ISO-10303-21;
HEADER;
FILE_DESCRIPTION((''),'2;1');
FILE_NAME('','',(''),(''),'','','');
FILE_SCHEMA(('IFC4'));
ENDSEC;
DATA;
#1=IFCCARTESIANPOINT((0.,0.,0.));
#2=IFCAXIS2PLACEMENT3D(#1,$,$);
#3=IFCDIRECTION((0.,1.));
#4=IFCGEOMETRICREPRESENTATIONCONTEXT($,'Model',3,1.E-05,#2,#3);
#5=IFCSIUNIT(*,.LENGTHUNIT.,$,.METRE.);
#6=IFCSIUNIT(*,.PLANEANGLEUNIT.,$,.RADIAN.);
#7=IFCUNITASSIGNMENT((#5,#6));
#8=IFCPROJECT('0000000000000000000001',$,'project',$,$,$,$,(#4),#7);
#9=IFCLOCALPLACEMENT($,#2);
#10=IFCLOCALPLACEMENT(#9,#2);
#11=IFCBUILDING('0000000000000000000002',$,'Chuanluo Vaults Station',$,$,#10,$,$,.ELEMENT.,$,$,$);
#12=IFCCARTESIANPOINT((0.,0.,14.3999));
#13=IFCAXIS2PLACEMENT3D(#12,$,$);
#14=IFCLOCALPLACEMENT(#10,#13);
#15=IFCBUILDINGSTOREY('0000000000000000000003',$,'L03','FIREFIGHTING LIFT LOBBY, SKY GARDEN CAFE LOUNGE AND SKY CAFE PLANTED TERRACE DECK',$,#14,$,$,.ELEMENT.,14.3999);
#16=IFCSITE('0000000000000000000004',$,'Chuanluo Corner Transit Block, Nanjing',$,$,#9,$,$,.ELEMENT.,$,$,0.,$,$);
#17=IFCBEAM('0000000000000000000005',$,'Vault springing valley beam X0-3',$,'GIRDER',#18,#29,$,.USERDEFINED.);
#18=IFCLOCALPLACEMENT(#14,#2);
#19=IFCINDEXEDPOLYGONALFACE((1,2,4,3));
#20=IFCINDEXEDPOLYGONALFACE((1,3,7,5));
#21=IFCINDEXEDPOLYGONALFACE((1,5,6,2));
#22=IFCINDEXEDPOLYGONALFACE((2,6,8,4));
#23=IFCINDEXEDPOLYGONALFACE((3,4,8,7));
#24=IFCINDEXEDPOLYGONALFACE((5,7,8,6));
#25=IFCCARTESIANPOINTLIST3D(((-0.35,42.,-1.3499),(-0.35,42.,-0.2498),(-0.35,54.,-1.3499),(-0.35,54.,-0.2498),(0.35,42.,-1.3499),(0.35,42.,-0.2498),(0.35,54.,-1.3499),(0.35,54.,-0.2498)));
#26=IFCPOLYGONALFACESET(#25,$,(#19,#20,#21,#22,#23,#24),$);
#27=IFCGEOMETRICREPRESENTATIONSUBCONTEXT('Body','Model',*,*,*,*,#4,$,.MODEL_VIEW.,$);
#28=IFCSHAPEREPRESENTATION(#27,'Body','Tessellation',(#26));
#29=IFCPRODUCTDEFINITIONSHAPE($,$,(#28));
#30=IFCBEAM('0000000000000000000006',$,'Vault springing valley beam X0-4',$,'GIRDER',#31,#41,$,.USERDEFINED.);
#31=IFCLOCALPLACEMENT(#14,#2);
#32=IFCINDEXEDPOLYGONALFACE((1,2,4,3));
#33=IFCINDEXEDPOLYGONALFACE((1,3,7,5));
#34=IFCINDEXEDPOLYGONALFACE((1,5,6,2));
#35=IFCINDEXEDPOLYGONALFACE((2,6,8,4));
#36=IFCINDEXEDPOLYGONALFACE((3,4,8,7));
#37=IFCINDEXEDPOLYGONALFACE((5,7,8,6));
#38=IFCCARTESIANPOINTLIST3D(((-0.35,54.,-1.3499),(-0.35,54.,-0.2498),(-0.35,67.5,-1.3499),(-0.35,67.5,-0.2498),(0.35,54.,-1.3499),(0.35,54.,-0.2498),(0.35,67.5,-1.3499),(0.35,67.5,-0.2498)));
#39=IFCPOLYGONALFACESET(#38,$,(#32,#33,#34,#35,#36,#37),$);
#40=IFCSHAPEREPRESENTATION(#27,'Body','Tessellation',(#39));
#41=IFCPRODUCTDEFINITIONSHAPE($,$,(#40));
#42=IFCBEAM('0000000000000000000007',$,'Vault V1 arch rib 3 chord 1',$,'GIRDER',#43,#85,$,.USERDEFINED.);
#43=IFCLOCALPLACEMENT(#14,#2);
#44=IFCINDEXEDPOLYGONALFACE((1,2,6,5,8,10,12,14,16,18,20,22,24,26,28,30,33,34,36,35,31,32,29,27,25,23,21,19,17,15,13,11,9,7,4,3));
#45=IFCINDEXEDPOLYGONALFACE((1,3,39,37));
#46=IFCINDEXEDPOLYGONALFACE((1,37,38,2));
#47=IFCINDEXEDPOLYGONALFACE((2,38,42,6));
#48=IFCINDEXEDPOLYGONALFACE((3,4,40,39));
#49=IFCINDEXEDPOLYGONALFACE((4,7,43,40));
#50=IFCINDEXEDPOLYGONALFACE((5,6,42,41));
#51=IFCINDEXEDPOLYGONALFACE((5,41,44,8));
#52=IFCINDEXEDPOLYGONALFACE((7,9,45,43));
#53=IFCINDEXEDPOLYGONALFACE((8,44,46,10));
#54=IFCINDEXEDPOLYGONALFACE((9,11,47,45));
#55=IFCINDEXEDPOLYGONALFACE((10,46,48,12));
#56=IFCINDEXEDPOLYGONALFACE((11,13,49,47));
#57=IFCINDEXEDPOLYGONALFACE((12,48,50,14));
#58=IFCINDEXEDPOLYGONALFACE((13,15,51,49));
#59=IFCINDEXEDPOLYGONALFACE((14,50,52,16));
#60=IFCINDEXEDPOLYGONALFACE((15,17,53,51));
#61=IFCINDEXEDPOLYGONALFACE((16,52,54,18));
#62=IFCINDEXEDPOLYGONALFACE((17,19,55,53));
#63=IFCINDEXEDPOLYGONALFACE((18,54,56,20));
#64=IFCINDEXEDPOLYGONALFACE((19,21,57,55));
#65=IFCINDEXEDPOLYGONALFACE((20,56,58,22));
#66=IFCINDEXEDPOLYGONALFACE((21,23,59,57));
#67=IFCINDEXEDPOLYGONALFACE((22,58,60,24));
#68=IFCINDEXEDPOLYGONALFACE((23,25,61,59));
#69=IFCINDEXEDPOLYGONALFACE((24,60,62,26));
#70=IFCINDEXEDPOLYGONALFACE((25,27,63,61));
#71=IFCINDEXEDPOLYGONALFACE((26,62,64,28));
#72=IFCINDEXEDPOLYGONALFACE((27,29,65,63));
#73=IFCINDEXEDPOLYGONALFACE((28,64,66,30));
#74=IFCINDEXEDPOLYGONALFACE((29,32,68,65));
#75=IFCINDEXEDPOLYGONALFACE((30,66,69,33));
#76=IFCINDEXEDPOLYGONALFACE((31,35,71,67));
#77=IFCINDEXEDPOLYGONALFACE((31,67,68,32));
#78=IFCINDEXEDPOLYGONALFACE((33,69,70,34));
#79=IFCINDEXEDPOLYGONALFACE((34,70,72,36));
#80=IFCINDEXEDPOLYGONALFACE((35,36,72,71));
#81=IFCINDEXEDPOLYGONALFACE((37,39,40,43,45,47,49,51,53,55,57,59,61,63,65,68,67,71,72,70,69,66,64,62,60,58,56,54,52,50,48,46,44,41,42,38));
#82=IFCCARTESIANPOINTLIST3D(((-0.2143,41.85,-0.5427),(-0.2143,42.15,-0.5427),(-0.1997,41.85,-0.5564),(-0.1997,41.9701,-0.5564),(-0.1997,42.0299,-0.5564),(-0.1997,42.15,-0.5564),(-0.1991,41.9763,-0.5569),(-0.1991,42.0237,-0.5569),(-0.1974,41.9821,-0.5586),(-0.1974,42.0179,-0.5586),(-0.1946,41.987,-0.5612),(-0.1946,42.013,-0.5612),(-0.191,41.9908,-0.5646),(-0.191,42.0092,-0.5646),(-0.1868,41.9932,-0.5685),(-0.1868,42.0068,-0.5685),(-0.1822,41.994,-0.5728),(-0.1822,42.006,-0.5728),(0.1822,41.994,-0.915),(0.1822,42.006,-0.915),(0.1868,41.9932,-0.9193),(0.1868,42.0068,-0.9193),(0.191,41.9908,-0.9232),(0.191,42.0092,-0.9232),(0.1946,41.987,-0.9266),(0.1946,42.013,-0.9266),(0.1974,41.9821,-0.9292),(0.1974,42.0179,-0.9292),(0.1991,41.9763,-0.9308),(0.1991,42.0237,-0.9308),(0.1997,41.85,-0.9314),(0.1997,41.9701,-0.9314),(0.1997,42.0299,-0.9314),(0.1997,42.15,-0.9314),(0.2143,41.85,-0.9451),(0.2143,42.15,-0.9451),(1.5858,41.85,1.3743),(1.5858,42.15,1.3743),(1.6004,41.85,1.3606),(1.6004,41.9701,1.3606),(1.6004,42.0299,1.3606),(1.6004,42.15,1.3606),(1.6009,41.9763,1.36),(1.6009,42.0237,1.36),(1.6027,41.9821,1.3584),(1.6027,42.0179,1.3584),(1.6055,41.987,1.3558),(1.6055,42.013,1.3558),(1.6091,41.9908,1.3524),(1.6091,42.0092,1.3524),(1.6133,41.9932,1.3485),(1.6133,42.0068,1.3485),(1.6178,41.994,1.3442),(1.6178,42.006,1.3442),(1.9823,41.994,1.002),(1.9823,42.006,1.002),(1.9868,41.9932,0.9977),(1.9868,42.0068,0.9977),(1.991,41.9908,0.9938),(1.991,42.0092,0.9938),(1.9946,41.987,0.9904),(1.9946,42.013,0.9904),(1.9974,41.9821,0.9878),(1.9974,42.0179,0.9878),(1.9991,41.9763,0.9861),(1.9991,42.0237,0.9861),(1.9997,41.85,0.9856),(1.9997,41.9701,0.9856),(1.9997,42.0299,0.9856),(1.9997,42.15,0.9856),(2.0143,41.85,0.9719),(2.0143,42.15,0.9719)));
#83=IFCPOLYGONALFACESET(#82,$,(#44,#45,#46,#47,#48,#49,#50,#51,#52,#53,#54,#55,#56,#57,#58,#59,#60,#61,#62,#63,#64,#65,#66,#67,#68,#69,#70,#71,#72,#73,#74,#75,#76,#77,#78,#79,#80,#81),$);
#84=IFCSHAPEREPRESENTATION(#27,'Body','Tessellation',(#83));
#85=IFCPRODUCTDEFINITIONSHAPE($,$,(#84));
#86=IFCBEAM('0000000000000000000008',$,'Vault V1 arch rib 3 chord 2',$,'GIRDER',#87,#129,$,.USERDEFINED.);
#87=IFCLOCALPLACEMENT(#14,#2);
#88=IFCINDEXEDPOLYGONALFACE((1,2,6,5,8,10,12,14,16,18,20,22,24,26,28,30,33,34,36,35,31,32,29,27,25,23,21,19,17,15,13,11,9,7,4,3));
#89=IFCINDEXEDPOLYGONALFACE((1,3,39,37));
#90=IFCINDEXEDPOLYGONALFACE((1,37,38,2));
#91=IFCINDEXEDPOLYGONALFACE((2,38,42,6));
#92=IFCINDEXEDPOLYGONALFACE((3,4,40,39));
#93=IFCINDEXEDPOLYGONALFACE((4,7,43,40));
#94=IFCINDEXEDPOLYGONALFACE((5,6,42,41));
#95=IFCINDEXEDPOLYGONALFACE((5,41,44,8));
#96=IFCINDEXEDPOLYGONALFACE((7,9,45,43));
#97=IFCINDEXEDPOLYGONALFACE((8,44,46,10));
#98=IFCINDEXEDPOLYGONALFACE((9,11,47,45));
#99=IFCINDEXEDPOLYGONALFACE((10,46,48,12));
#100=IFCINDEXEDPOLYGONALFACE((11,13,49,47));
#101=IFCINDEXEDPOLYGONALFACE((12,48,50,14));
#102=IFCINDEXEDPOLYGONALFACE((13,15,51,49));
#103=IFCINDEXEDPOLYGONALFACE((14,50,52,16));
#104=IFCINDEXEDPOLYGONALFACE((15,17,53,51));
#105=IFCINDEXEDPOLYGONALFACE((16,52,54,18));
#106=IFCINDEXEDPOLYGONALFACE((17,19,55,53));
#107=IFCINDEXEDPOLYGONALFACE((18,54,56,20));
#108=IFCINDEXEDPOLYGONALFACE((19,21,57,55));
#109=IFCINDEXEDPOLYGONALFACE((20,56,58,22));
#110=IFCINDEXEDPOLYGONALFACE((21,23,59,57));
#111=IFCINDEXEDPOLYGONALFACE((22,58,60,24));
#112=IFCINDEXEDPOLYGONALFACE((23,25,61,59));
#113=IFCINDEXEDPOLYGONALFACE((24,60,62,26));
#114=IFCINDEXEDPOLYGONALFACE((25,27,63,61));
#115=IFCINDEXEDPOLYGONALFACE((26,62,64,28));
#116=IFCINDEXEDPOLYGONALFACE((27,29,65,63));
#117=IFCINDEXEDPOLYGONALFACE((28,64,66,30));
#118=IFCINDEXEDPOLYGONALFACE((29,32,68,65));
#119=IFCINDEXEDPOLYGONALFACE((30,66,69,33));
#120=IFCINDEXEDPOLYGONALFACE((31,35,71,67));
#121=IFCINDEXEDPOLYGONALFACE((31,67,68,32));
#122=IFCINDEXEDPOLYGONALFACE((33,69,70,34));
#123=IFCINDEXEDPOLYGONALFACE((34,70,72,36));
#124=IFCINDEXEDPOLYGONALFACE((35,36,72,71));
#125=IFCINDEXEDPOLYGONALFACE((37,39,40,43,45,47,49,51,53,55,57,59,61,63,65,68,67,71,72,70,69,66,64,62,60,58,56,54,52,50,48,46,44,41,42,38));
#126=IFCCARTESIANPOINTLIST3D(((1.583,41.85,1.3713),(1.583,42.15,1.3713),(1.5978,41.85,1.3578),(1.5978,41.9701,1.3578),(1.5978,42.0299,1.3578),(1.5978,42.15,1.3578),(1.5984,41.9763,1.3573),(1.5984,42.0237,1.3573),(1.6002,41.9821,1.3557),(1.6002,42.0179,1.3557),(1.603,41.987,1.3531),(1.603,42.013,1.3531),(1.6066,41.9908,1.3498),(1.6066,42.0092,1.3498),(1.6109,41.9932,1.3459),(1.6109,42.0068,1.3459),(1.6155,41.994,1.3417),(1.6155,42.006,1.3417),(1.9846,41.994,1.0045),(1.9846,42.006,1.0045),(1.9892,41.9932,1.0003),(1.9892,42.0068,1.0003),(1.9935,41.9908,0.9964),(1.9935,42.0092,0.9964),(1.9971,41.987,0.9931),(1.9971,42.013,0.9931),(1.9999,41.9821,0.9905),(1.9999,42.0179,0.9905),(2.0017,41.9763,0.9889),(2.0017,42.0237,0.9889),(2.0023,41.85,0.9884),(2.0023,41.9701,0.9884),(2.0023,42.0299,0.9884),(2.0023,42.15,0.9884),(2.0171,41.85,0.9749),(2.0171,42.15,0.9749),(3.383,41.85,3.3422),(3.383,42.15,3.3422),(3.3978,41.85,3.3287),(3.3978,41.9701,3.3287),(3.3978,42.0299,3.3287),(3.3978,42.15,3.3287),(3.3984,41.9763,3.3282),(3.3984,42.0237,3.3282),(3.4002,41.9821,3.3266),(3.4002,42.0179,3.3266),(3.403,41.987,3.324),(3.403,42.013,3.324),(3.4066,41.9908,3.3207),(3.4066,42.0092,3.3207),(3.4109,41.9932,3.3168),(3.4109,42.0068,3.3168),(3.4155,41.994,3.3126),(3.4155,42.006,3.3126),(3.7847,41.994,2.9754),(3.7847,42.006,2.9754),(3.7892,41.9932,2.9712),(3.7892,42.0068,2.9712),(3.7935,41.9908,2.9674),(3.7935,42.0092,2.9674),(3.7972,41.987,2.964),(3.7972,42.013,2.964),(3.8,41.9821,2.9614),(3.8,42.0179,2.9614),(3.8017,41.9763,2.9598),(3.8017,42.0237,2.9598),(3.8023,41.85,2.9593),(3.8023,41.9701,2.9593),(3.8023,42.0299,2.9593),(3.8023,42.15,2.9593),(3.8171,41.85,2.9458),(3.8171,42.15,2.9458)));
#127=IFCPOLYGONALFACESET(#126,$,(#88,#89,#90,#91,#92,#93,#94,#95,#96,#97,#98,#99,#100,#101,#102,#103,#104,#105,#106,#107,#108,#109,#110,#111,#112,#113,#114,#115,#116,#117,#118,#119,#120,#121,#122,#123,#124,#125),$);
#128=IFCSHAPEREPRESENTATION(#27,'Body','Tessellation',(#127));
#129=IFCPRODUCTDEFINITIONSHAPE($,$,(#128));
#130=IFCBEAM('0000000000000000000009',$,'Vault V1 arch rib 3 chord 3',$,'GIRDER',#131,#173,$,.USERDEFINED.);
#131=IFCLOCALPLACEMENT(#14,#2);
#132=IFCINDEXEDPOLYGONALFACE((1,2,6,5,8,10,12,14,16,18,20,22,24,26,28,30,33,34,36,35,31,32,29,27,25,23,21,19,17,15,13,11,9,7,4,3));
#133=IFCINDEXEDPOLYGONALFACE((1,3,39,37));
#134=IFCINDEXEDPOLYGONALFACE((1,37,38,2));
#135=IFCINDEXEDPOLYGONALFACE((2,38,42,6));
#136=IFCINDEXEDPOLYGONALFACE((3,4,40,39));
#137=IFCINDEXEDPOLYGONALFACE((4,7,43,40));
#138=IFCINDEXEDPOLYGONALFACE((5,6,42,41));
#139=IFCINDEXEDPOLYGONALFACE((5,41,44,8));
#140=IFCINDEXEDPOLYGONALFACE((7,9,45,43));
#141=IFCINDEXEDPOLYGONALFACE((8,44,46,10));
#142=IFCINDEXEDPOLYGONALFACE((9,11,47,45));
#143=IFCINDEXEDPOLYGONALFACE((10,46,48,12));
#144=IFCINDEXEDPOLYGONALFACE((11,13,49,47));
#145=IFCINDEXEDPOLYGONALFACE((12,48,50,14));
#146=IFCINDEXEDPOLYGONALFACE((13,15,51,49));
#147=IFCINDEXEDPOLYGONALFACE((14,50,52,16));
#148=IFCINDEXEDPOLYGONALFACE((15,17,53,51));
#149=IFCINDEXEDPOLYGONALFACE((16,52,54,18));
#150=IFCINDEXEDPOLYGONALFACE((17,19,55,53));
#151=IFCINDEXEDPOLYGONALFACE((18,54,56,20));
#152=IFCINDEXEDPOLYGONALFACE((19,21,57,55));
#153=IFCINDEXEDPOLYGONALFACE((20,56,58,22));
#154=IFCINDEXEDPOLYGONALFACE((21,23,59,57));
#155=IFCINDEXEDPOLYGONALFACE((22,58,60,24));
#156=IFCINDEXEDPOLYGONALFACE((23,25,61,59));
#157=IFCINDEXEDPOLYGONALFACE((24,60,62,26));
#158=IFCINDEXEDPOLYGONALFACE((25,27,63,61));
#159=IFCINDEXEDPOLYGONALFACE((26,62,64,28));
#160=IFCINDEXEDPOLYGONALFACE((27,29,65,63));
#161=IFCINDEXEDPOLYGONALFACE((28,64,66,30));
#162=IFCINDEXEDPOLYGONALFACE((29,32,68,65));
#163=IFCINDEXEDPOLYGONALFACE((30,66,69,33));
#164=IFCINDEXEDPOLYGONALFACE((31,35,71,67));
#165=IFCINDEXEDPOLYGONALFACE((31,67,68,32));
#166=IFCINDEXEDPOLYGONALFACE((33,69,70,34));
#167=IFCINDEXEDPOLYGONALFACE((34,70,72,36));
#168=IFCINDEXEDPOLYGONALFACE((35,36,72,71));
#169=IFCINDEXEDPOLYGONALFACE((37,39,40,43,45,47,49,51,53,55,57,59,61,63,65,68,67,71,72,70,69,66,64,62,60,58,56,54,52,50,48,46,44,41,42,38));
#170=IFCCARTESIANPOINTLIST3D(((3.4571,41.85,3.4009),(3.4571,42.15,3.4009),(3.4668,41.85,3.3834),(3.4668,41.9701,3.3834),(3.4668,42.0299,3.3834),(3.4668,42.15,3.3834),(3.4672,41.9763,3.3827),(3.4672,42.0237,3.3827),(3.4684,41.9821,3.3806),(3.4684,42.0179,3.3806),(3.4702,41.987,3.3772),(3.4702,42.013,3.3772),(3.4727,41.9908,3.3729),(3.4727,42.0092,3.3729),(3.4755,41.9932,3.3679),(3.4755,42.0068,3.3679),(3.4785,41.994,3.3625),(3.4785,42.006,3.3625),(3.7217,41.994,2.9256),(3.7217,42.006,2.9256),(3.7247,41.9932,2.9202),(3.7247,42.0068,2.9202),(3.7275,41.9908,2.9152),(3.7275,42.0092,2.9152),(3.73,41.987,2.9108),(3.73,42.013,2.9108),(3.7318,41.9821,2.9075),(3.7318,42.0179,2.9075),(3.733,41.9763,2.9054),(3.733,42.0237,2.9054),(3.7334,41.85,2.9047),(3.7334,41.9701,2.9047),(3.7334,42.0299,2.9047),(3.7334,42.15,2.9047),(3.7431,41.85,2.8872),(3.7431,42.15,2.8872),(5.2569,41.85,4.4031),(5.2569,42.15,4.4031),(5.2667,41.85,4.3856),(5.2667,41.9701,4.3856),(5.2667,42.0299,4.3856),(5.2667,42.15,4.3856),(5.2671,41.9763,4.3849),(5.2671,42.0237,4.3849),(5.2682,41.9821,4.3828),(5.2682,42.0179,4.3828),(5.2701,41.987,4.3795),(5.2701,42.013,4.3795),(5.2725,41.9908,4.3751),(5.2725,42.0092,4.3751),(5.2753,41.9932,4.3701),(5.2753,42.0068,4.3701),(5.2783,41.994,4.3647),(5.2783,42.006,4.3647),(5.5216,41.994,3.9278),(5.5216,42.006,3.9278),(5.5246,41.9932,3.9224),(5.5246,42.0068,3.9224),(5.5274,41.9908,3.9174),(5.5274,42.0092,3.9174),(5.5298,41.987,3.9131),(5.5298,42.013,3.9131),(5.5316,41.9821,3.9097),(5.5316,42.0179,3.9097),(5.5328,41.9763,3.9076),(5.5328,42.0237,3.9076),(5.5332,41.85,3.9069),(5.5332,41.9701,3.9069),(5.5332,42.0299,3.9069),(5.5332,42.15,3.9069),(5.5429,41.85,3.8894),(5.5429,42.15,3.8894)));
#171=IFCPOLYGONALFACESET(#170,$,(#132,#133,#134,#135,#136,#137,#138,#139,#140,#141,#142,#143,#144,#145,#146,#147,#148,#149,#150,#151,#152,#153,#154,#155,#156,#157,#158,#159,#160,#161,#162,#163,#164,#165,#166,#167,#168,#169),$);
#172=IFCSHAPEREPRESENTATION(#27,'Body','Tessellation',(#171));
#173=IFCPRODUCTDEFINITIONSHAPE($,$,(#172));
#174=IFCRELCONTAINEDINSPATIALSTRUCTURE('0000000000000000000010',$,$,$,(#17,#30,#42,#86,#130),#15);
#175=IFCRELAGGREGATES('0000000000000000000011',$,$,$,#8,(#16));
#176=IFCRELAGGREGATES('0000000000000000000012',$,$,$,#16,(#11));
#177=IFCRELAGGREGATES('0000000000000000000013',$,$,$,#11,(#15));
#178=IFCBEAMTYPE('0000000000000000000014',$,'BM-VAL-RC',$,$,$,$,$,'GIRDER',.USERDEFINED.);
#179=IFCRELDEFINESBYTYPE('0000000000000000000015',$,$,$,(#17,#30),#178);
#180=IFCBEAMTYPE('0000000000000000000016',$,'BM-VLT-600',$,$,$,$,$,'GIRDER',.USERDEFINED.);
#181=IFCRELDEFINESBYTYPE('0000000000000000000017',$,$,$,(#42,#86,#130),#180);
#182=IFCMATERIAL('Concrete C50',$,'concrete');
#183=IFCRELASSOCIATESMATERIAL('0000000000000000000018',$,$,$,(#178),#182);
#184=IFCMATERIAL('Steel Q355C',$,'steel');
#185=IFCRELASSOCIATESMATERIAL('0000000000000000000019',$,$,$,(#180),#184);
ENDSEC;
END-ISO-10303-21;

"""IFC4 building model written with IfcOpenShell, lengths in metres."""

from ifc_helpers import new_model, si_unit, direction, frame, origin, origin_2d, place, context, subcontext, project, spatial, rectangle, i_section, extrude, material, material_profile, profile_set, type_object, element, save


model = new_model("IFC4")

# Units and contexts
model_context = context("Model", 3, precision=1e-05, world=origin(), true_north=direction((0.0, 1.0)))
body_context = subcontext(model_context, "Body", "Model", "MODEL_VIEW")
ifc_project = project(units=[si_unit("LENGTHUNIT", "METRE"), si_unit("PLANEANGLEUNIT", "RADIAN")], contexts=[model_context])

# Site, building, storey
site_placement = place(None, origin())
site = spatial("IfcSite", under=ifc_project, at=site_placement, Name="Chuanluo Corner Transit Block, Nanjing", CompositionType="ELEMENT", RefElevation=0.0)
building_placement = place(site_placement, origin())
building = spatial("IfcBuilding", under=site, at=building_placement, Name="Chuanluo Vaults Station", CompositionType="ELEMENT")
storey_placement = place(building_placement, frame((0.0, 0.0, 14.3999)))
storey = spatial("IfcBuildingStorey", under=building, at=storey_placement, Name="L03", Description="FIREFIGHTING LIFT LOBBY, SKY GARDEN CAFE LOUNGE AND SKY CAFE PLANTED TERRACE DECK", CompositionType="ELEMENT", Elevation=14.3999)

# Beams
ifc_material_1 = material(Name="Concrete C50", Category="concrete")
ifc_material_profile_1 = material_profile(ifc_material_1, rectangle(XDim=0.7, YDim=1.1001, at=origin_2d()))
ifc_profile_set_1 = profile_set([ifc_material_profile_1], Name="Concrete C50")
beam_type_1 = type_object("IfcBeamType", Name="BM-VAL-RC", ElementType="GIRDER", PredefinedType="USERDEFINED", material=ifc_profile_set_1)
beam_1_placement = place(storey_placement, frame((0.0, 42.0, -0.7998), z_axis=(0.0, 1.0, 0.0), x_axis=(-1.0, 0.0, 0.0)))
element("IfcBeam", 1, at=beam_1_placement, inside=storey, type_object=beam_type_1, Name="Vault springing valley beam X0-3", ObjectType="GIRDER", PredefinedType="USERDEFINED", context=body_context, shape_type="SweptSolid", body=[
    extrude(rectangle(XDim=0.7, YDim=1.1001, at=origin_2d()), origin(), (0.0, 0.0, 1.0), 12.0),
])
beam_2_placement = place(storey_placement, frame((0.0, 54.0, -0.7998), z_axis=(0.0, 1.0, 0.0), x_axis=(-1.0, 0.0, 0.0)))
element("IfcBeam", 2, at=beam_2_placement, inside=storey, type_object=beam_type_1, Name="Vault springing valley beam X0-4", ObjectType="GIRDER", PredefinedType="USERDEFINED", context=body_context, shape_type="SweptSolid", body=[
    extrude(rectangle(XDim=0.7, YDim=1.1001, at=origin_2d()), origin(), (0.0, 0.0, 1.0), 13.5),
])
ifc_material_2 = material(Name="Steel Q355C", Category="steel")
ifc_material_profile_2 = material_profile(ifc_material_2, i_section(OverallWidth=0.3, OverallDepth=0.5879, WebThickness=0.012, FlangeThickness=0.02, FilletRadius=0.0239, at=origin_2d()))
ifc_profile_set_2 = profile_set([ifc_material_profile_2], Name="Steel Q355C")
beam_type_2 = type_object("IfcBeamType", Name="BM-VLT-600", ElementType="GIRDER", PredefinedType="USERDEFINED", material=ifc_profile_set_2)
beam_3_placement = place(storey_placement, frame((0.0, 42.0, -0.7439), z_axis=(0.684522, 0.0, 0.728993), x_axis=(0.0, 1.0, 0.0)))
element("IfcBeam", 3, at=beam_3_placement, inside=storey, type_object=beam_type_2, Name="Vault V1 arch rib 3 chord 1", ObjectType="GIRDER", PredefinedType="USERDEFINED", context=body_context, shape_type="SweptSolid", body=[
    extrude(i_section(OverallWidth=0.3, OverallDepth=0.5879, WebThickness=0.012, FlangeThickness=0.02, FilletRadius=0.0239, at=origin_2d()), origin(), (0.0, 0.0, 1.0), 2.6296),
])
beam_4_placement = place(storey_placement, frame((1.8, 42.0, 1.1731), z_axis=(0.674369, 0.0, 0.738394), x_axis=(0.0, 1.0, 0.0)))
element("IfcBeam", 4, at=beam_4_placement, inside=storey, type_object=beam_type_2, Name="Vault V1 arch rib 3 chord 2", ObjectType="GIRDER", PredefinedType="USERDEFINED", context=body_context, shape_type="SweptSolid", body=[
    extrude(i_section(OverallWidth=0.3, OverallDepth=0.5879, WebThickness=0.012, FlangeThickness=0.02, FilletRadius=0.0239, at=origin_2d()), origin(), (0.0, 0.0, 1.0), 2.6692),
])
beam_5_placement = place(storey_placement, frame((3.6001, 42.0, 3.144), z_axis=(0.873682, 0.0, 0.486498), x_axis=(0.0, 1.0, 0.0)))
element("IfcBeam", 5, at=beam_5_placement, inside=storey, type_object=beam_type_2, Name="Vault V1 arch rib 3 chord 3", ObjectType="GIRDER", PredefinedType="USERDEFINED", context=body_context, shape_type="SweptSolid", body=[
    extrude(i_section(OverallWidth=0.3, OverallDepth=0.5879, WebThickness=0.012, FlangeThickness=0.02, FilletRadius=0.0239, at=origin_2d()), origin(), (0.0, 0.0, 1.0), 2.0601),
])

save(model, "model.ifc")
